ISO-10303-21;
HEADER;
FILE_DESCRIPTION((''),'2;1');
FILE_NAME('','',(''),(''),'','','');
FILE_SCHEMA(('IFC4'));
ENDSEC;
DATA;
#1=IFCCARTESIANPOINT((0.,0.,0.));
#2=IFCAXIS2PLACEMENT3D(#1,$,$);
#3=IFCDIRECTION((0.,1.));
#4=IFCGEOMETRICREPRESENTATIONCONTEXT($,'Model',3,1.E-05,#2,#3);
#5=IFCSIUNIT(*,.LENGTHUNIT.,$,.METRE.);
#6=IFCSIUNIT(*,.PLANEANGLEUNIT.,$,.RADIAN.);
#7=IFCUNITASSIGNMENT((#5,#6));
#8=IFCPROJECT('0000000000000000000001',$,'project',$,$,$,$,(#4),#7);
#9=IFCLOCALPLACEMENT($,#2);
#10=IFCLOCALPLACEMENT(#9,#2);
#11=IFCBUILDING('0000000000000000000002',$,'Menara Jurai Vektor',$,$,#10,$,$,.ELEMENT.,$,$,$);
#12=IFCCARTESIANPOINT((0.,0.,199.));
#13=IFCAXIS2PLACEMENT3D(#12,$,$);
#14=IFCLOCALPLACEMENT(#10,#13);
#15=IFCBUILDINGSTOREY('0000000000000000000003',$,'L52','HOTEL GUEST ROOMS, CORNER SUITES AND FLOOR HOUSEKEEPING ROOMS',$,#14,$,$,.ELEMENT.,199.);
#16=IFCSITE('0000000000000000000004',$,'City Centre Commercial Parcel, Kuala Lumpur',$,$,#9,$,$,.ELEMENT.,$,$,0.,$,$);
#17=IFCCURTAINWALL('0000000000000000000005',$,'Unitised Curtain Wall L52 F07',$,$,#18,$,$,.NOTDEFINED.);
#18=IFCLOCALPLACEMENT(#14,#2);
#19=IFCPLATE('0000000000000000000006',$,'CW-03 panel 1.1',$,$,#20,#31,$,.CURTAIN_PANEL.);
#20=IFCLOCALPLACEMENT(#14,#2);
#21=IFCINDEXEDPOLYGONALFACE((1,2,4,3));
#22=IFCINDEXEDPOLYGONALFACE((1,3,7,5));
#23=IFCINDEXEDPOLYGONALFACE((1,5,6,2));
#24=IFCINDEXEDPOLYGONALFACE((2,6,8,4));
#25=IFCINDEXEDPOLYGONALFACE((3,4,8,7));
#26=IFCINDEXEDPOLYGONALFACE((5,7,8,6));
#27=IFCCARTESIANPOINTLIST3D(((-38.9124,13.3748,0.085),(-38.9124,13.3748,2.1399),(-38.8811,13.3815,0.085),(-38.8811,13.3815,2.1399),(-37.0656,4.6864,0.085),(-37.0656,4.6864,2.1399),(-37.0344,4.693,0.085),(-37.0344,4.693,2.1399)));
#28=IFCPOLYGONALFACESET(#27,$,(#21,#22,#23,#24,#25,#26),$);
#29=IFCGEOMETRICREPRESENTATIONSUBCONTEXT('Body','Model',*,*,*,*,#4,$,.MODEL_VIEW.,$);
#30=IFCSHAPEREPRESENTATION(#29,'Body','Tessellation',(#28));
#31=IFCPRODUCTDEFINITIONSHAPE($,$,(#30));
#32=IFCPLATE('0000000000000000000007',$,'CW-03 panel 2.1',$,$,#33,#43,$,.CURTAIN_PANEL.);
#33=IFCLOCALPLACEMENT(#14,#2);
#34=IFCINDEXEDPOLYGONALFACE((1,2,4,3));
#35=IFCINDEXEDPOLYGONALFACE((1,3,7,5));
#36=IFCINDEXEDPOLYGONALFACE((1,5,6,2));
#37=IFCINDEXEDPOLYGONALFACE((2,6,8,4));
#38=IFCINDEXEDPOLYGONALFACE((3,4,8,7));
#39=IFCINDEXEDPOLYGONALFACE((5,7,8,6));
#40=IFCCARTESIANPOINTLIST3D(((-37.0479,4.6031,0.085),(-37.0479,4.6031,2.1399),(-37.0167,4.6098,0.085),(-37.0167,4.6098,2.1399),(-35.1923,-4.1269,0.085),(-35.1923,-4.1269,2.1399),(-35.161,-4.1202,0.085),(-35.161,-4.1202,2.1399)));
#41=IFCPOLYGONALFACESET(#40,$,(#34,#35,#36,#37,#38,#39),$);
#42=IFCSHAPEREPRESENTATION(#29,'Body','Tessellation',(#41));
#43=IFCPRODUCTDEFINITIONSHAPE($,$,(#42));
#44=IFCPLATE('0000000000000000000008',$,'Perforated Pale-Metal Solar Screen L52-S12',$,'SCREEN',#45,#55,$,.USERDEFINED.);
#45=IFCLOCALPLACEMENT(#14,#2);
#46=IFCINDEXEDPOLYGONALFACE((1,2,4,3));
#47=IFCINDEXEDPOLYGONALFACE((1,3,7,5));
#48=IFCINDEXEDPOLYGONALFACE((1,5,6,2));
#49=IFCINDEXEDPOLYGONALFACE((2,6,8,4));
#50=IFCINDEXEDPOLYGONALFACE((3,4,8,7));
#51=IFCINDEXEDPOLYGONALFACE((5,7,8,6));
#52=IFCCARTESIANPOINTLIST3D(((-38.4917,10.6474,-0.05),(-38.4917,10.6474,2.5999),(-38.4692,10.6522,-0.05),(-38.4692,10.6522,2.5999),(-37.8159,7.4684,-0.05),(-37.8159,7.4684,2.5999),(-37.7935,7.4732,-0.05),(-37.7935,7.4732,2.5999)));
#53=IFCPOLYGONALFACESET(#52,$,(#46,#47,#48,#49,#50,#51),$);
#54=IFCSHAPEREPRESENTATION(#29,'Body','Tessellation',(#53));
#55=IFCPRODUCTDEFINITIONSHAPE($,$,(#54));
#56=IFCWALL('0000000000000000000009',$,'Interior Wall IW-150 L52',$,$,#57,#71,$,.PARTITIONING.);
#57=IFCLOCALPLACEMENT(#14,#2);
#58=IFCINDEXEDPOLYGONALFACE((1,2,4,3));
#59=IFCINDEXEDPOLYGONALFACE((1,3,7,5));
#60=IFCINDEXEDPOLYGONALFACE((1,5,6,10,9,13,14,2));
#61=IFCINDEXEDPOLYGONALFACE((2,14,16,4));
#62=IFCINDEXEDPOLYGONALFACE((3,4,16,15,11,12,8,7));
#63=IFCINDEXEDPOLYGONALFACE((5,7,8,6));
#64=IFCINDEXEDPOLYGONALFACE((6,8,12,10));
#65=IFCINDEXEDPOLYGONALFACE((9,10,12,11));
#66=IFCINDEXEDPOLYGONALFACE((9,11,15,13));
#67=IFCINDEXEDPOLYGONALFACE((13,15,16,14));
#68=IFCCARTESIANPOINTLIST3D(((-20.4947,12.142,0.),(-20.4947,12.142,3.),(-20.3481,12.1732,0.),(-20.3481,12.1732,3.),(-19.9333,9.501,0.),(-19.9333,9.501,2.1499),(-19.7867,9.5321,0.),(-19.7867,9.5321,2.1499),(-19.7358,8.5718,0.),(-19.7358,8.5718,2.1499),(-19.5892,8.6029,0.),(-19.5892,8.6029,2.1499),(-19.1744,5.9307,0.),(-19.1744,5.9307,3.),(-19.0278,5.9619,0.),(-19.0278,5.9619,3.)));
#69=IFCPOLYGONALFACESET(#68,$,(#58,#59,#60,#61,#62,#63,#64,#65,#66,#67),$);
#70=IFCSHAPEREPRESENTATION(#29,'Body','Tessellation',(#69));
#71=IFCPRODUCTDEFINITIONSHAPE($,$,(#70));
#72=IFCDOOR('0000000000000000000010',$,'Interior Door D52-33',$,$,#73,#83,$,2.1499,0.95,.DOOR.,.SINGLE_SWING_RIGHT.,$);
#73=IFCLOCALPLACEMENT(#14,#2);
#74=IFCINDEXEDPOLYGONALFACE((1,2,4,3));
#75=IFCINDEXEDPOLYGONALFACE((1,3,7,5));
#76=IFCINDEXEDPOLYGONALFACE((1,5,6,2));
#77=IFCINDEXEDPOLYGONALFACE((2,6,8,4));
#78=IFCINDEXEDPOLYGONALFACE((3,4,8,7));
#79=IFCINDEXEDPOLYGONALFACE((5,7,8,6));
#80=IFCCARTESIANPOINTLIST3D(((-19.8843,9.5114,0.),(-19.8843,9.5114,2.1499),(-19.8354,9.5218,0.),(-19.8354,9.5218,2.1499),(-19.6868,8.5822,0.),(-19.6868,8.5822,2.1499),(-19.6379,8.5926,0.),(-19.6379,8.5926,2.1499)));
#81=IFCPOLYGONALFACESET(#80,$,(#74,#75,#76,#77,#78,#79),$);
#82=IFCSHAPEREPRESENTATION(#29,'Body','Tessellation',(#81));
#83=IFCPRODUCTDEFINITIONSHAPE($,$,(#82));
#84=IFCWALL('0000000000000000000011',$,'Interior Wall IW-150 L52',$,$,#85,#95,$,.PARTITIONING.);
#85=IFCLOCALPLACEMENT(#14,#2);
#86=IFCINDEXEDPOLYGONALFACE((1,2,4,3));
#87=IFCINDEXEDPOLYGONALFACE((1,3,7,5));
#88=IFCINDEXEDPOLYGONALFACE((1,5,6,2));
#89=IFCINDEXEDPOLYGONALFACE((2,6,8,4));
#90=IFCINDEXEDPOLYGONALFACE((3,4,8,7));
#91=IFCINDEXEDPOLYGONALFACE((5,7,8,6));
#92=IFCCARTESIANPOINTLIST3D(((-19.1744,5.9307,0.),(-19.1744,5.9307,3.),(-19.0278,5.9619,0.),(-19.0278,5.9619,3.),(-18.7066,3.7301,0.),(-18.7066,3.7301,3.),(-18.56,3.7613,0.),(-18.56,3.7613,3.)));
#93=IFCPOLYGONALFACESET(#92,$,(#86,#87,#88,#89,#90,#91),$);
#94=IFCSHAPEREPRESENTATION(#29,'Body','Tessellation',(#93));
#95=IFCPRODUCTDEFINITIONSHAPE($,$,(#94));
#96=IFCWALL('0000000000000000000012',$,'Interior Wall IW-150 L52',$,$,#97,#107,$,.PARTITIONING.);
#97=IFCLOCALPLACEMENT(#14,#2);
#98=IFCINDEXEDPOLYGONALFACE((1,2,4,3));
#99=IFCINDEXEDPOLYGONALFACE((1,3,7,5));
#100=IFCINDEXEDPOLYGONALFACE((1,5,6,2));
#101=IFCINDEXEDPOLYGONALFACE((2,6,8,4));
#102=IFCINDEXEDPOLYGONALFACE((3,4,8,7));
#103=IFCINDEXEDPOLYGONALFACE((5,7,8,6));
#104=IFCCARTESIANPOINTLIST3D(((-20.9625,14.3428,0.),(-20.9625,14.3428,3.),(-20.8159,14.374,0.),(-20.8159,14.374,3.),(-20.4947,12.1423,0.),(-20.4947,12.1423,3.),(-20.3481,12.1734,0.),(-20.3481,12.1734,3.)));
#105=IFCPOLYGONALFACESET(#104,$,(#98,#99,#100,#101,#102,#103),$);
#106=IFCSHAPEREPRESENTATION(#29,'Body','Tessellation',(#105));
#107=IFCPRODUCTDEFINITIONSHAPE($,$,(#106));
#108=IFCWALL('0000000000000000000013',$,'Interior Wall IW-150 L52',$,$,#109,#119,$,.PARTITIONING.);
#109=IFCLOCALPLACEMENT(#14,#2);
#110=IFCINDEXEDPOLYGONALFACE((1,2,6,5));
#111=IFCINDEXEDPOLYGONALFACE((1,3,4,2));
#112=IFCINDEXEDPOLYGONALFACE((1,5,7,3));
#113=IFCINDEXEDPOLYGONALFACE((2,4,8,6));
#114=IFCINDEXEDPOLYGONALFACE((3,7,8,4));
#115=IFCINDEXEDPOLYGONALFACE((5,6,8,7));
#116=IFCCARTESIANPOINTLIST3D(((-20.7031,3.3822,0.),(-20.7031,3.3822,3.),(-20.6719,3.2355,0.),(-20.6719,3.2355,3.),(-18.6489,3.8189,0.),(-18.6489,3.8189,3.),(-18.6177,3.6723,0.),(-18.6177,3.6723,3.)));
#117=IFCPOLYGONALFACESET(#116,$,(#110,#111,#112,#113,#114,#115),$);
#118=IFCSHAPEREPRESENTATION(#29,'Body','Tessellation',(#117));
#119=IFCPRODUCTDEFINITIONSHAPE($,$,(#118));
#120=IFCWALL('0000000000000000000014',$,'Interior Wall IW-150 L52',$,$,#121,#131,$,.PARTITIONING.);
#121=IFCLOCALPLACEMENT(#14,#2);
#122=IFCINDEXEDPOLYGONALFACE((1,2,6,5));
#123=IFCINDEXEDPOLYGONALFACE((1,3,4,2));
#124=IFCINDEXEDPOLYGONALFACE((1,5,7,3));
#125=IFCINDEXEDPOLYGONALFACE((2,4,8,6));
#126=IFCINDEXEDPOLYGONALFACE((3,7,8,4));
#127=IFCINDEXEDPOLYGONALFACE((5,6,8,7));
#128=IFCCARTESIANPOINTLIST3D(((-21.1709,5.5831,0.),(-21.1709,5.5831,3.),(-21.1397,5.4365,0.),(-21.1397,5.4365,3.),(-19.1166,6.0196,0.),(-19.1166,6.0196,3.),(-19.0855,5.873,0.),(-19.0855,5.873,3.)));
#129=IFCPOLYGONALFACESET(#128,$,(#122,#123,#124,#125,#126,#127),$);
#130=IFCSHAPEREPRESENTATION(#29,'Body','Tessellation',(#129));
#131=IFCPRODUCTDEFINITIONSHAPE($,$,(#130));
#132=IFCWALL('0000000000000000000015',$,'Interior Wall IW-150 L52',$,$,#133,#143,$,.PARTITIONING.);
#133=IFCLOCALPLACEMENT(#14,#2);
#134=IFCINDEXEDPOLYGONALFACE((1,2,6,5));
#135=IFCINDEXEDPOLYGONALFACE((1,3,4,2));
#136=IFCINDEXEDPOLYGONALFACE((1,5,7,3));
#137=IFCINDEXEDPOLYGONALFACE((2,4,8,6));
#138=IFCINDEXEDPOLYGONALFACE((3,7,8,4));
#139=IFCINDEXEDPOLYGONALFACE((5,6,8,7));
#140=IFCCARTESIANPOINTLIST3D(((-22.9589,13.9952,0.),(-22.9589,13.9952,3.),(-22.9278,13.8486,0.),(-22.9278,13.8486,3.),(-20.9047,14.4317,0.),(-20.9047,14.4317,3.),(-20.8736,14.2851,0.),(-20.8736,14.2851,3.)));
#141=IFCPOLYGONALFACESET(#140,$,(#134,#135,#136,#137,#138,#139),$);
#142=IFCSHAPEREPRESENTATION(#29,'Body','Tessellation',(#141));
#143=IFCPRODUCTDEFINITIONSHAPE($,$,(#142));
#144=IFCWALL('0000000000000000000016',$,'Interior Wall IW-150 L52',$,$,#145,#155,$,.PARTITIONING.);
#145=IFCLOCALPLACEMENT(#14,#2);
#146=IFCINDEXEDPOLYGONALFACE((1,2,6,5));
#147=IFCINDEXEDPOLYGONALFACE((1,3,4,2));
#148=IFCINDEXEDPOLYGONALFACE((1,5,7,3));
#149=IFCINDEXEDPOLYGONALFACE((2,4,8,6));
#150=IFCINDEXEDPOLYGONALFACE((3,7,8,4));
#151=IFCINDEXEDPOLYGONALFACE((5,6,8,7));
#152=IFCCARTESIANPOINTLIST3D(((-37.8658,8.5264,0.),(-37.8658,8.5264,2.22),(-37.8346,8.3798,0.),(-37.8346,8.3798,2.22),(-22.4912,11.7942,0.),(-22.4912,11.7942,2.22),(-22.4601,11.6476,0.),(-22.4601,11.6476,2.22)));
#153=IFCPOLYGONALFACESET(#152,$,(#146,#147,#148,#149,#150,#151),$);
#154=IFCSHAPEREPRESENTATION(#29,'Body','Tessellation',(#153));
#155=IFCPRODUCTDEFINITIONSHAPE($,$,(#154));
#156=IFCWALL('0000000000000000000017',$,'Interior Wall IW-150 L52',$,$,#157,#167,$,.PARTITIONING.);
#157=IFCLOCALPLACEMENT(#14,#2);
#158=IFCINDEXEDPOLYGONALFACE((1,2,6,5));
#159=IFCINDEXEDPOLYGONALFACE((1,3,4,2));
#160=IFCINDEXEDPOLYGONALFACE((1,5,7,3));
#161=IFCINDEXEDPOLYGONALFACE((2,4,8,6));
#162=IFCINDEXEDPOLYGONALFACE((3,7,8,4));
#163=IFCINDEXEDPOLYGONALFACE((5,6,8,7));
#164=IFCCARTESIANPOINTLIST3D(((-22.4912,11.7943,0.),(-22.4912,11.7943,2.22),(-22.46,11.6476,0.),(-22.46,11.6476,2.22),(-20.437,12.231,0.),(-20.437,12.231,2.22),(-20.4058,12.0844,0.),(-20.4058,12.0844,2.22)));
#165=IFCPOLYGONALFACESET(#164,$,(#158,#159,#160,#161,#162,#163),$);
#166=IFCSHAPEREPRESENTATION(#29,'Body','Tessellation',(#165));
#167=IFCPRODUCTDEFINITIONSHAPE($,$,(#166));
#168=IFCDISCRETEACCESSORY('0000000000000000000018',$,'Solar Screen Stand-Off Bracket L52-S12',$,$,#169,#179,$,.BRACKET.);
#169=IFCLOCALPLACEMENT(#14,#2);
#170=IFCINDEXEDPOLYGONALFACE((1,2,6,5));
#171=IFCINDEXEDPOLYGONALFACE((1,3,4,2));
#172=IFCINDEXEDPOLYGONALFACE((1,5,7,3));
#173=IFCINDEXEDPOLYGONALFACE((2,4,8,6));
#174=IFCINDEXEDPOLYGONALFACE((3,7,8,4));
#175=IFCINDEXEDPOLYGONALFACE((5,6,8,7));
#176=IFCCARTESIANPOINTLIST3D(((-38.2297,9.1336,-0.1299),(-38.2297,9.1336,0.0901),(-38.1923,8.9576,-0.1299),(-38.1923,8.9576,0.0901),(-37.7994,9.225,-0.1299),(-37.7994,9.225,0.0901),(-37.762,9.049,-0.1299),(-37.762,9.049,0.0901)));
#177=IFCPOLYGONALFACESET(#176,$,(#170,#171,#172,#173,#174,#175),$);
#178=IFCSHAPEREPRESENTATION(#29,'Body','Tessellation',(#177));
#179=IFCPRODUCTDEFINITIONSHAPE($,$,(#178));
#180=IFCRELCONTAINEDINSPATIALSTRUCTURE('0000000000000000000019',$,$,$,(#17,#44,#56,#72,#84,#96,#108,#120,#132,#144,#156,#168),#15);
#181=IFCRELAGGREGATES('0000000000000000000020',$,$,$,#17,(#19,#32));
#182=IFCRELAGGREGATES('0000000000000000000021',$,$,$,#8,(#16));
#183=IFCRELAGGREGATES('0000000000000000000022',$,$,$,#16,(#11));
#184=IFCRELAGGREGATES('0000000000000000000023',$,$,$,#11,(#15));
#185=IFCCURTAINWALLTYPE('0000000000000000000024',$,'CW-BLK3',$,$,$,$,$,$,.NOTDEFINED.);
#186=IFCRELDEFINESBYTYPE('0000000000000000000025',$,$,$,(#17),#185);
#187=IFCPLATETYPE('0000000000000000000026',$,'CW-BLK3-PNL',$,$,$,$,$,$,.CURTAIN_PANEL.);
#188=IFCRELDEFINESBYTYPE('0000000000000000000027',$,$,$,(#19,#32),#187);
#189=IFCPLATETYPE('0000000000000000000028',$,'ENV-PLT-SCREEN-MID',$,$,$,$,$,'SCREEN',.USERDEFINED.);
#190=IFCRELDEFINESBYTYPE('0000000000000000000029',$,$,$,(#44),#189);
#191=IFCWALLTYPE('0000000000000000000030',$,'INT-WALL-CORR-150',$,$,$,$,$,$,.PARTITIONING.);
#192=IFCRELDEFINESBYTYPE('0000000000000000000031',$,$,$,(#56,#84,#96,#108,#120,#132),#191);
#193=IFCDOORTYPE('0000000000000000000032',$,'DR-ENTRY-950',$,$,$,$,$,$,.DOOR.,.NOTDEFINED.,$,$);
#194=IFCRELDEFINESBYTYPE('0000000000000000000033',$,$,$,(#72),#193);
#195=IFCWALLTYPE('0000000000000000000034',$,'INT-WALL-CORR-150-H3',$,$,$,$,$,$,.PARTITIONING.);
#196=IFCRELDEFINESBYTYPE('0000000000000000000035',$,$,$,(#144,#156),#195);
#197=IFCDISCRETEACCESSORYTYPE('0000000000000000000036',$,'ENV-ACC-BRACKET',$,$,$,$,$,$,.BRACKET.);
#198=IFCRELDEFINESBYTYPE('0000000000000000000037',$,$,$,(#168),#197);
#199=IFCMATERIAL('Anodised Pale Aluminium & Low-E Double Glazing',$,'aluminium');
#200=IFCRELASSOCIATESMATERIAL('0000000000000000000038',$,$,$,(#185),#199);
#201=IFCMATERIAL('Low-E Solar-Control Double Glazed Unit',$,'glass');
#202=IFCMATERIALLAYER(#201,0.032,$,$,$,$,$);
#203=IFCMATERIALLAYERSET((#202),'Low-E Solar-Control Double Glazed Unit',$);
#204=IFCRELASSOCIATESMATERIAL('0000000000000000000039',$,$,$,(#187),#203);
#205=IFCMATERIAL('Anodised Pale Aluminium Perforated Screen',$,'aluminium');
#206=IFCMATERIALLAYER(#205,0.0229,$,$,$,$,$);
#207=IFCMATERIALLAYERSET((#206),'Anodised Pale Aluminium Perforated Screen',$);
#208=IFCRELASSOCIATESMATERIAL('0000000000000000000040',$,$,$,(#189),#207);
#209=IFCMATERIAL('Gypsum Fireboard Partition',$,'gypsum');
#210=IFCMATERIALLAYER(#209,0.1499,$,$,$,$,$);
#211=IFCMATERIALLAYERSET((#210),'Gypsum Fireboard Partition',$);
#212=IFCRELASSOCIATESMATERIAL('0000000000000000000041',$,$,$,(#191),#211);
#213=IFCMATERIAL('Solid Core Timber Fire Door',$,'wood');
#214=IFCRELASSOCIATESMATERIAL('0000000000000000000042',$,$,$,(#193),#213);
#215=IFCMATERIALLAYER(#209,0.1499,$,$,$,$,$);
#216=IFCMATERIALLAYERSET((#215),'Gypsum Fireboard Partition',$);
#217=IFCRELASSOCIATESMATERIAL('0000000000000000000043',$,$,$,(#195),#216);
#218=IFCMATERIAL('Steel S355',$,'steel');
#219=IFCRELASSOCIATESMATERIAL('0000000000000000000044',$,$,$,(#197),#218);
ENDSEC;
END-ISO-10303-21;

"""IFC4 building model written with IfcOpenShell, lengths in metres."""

from ifc_helpers import new_model, si_unit, direction, frame, frame_2d, origin, origin_2d, place, context, subcontext, project, spatial, rectangle, extrude, material, layer, layer_set, type_object, element, fill, aggregate, save


model = new_model("IFC4")

# Units and contexts
model_context = context("Model", 3, precision=1e-05, world=origin(), true_north=direction((0.0, 1.0)))
body_context = subcontext(model_context, "Body", "Model", "MODEL_VIEW")
ifc_project = project(units=[si_unit("LENGTHUNIT", "METRE"), si_unit("PLANEANGLEUNIT", "RADIAN")], contexts=[model_context])

# Site, building, storey
site_placement = place(None, origin())
site = spatial("IfcSite", under=ifc_project, at=site_placement, Name="City Centre Commercial Parcel, Kuala Lumpur", CompositionType="ELEMENT", RefElevation=0.0)
building_placement = place(site_placement, origin())
building = spatial("IfcBuilding", under=site, at=building_placement, Name="Menara Jurai Vektor", CompositionType="ELEMENT")
storey_placement = place(building_placement, frame((0.0, 0.0, 199.0)))
storey = spatial("IfcBuildingStorey", under=building, at=storey_placement, Name="L52", Description="HOTEL GUEST ROOMS, CORNER SUITES AND FLOOR HOUSEKEEPING ROOMS", CompositionType="ELEMENT", Elevation=199.0)

# Curtain wall
ifc_material_1 = material(Name="Anodised Pale Aluminium & Low-E Double Glazing", Category="aluminium")
curtain_wall_type = type_object("IfcCurtainWallType", Name="CW-BLK3", PredefinedType="NOTDEFINED", material=ifc_material_1)
curtain_wall_placement = place(storey_placement, origin())
curtain_wall = element("IfcCurtainWall", 1, at=curtain_wall_placement, inside=storey, type_object=curtain_wall_type, Name="Unitised Curtain Wall L52 F07", PredefinedType="NOTDEFINED")

# Shared definitions
ifc_material_2 = material(Name="Steel S355", Category="steel")

# Plates
ifc_material_3 = material(Name="Low-E Solar-Control Double Glazed Unit", Category="glass")
ifc_layer_1 = layer(ifc_material_3, 0.032)
ifc_layer_set_1 = layer_set([ifc_layer_1], Name="Low-E Solar-Control Double Glazed Unit")
plate_type_1 = type_object("IfcPlateType", Name="CW-BLK3-PNL", PredefinedType="CURTAIN_PANEL", material=ifc_layer_set_1)
plate_1_placement = place(storey_placement, frame((-37.9734, 9.0339, 0.085), z_axis=(0.0, 0.0, 1.0), x_axis=(0.20791, -0.978148, 0.0)))
plate_1 = element("IfcPlate", 2, at=plate_1_placement, type_object=plate_type_1, Name="CW-03 panel 1.1", PredefinedType="CURTAIN_PANEL", context=body_context, shape_type="SweptSolid", body=[
    extrude(rectangle(XDim=8.8826, YDim=0.032, at=origin_2d()), origin(), (0.0, 0.0, 1.0), 2.0549),
])
plate_2_placement = place(storey_placement, frame((-36.1045, 0.2415, 0.085), z_axis=(0.0, 0.0, 1.0), x_axis=(0.20791, -0.978148, 0.0)))
plate_2 = element("IfcPlate", 3, at=plate_2_placement, type_object=plate_type_1, Name="CW-03 panel 2.1", PredefinedType="CURTAIN_PANEL", context=body_context, shape_type="SweptSolid", body=[
    extrude(rectangle(XDim=8.925, YDim=0.032, at=origin_2d()), origin(), (0.0, 0.0, 1.0), 2.0549),
])
aggregate(curtain_wall, [plate_1, plate_2])
ifc_material_4 = material(Name="Anodised Pale Aluminium Perforated Screen", Category="aluminium")
ifc_layer_2 = layer(ifc_material_4, 0.0229)
ifc_layer_set_2 = layer_set([ifc_layer_2], Name="Anodised Pale Aluminium Perforated Screen")
plate_type_2 = type_object("IfcPlateType", Name="ENV-PLT-SCREEN-MID", ElementType="SCREEN", PredefinedType="USERDEFINED", material=ifc_layer_set_2)
plate_3_placement = place(storey_placement, frame((-38.1426, 9.0603, -0.05), z_axis=(0.0, 0.0, 1.0), x_axis=(0.207912, -0.978148, 0.0)))
element("IfcPlate", 4, at=plate_3_placement, inside=storey, type_object=plate_type_2, Name="Perforated Pale-Metal Solar Screen L52-S12", ObjectType="SCREEN", PredefinedType="USERDEFINED", context=body_context, shape_type="SweptSolid", body=[
    extrude(rectangle(XDim=3.25, YDim=0.0229, at=origin_2d()), origin(), (0.0, 0.0, 1.0), 2.6499),
])

# Wall, opening, door
ifc_material_5 = material(Name="Gypsum Fireboard Partition", Category="gypsum")
ifc_layer_3 = layer(ifc_material_5, 0.1499)
ifc_layer_set_3 = layer_set([ifc_layer_3], Name="Gypsum Fireboard Partition")
wall_type_1 = type_object("IfcWallType", Name="INT-WALL-CORR-150", PredefinedType="PARTITIONING", material=ifc_layer_set_3)
wall_1_placement = place(storey_placement, frame((-19.1011, 5.9463, 0.0), z_axis=(0.0, 0.0, 1.0), x_axis=(-0.207917, 0.978147, 0.0)))
wall_1 = element("IfcWall", 5, at=wall_1_placement, inside=storey, type_object=wall_type_1, Name="Interior Wall IW-150 L52", PredefinedType="PARTITIONING", context=body_context, shape_type="SweptSolid", body=[
    extrude(rectangle(XDim=6.3501, YDim=0.1499, at=frame_2d((3.175, 0.0))), origin(), (0.0, 0.0, 1.0), 3.0),
])
opening_1_placement = place(wall_1_placement, frame((2.7, 0.0, 0.0)))
opening_1 = element("IfcOpeningElement", 6, at=opening_1_placement, cuts=wall_1, PredefinedType="OPENING", context=body_context, shape_type="SweptSolid", body=[
    extrude(rectangle(XDim=0.95, YDim=2.1499, at=frame_2d((0.4751, 1.075))), frame((0.0, 0.085, 0.0), z_axis=(0.0, -1.0, 0.0), x_axis=(1.0, 0.0, 0.0)), (0.0, 0.0, 1.0), 0.1699),
])
ifc_material_6 = material(Name="Solid Core Timber Fire Door", Category="wood")
door_type_1 = type_object("IfcDoorType", Name="DR-ENTRY-950", OperationType="NOTDEFINED", PredefinedType="DOOR", material=ifc_material_6)
door_1_placement = place(opening_1_placement, origin())
door_1 = element("IfcDoor", 7, at=door_1_placement, inside=storey, type_object=door_type_1, Name="Interior Door D52-33", OperationType="SINGLE_SWING_RIGHT", OverallHeight=2.1499, OverallWidth=0.95, PredefinedType="DOOR", context=body_context, shape_type="SweptSolid", body=[
    extrude(rectangle(XDim=0.95, YDim=2.1499, at=frame_2d((0.4751, 1.075))), frame((0.0, 0.0249, 0.0), z_axis=(0.0, -1.0, 0.0), x_axis=(1.0, 0.0, 0.0)), (0.0, 0.0, 1.0), 0.05),
])
fill(opening_1, door_1)

# Walls
for number, where, z_axis, x_axis, name in (
    (8, (-18.6333, 3.7456, 0.0), (0.0, 0.0, 1.0), (-0.207913, 0.978147, 0.0), "Interior Wall IW-150 L52"),
    (9, (-20.4214, 12.1577, 0.0), (0.0, 0.0, 1.0), (-0.207913, 0.978147, 0.0), "Interior Wall IW-150 L52"),
):
    element("IfcWall", number, at=place(storey_placement, frame(where, z_axis=z_axis, x_axis=x_axis)), inside=storey, type_object=wall_type_1, Name=name, PredefinedType="PARTITIONING", context=body_context, shape_type="SweptSolid", body=[
        extrude(rectangle(XDim=2.2498, YDim=0.1499, at=frame_2d((1.125, 0.0))), origin(), (0.0, 0.0, 1.0), 3.0),
    ])
wall_2_placement = place(storey_placement, frame((-20.6875, 3.3088, 0.0), z_axis=(0.0, 0.0, 1.0), x_axis=(0.978135, 0.207973, 0.0)))
element("IfcWall", 10, at=wall_2_placement, inside=storey, type_object=wall_type_1, Name="Interior Wall IW-150 L52", PredefinedType="PARTITIONING", context=body_context, shape_type="SweptSolid", body=[
    extrude(rectangle(XDim=2.1001, YDim=0.1499, at=frame_2d((1.05, 0.0))), origin(), (0.0, 0.0, 1.0), 3.0),
])

# Wall
wall_3_placement = place(storey_placement, frame((-21.1553, 5.5098, 0.0), z_axis=(0.0, 0.0, 1.0), x_axis=(0.978158, 0.207862, 0.0)))
element("IfcWall", 11, at=wall_3_placement, inside=storey, type_object=wall_type_1, Name="Interior Wall IW-150 L52", PredefinedType="PARTITIONING", context=body_context, shape_type="SweptSolid", body=[
    extrude(rectangle(XDim=2.1001, YDim=0.1499, at=frame_2d((1.05, 0.0))), origin(), (0.0, 0.0, 1.0), 3.0),
])

# Walls
wall_4_placement = place(storey_placement, frame((-22.9434, 13.9219, 0.0), z_axis=(0.0, 0.0, 1.0), x_axis=(0.978158, 0.207862, 0.0)))
element("IfcWall", 12, at=wall_4_placement, inside=storey, type_object=wall_type_1, Name="Interior Wall IW-150 L52", PredefinedType="PARTITIONING", context=body_context, shape_type="SweptSolid", body=[
    extrude(rectangle(XDim=2.1001, YDim=0.1499, at=frame_2d((1.05, 0.0))), origin(), (0.0, 0.0, 1.0), 3.0),
])
ifc_layer_4 = layer(ifc_material_5, 0.1499)
ifc_layer_set_4 = layer_set([ifc_layer_4], Name="Gypsum Fireboard Partition")
wall_type_2 = type_object("IfcWallType", Name="INT-WALL-CORR-150-H3", PredefinedType="PARTITIONING", material=ifc_layer_set_4)
wall_5_placement = place(storey_placement, frame((-37.8501, 8.4531, 0.0), z_axis=(0.0, 0.0, 1.0), x_axis=(0.978149, 0.207904, 0.0)))
element("IfcWall", 13, at=wall_5_placement, inside=storey, type_object=wall_type_2, Name="Interior Wall IW-150 L52", PredefinedType="PARTITIONING", context=body_context, shape_type="SweptSolid", body=[
    extrude(rectangle(XDim=15.718, YDim=0.1499, at=frame_2d((7.8589, 0.0))), origin(), (0.0, 0.0, 1.0), 2.22),
])
wall_6_placement = place(storey_placement, frame((-22.4756, 11.7209, 0.0), z_axis=(0.0, 0.0, 1.0), x_axis=(0.978135, 0.207973, 0.0)))
element("IfcWall", 14, at=wall_6_placement, inside=storey, type_object=wall_type_2, Name="Interior Wall IW-150 L52", PredefinedType="PARTITIONING", context=body_context, shape_type="SweptSolid", body=[
    extrude(rectangle(XDim=2.1001, YDim=0.1499, at=frame_2d((1.05, 0.0))), origin(), (0.0, 0.0, 1.0), 2.22),
])

# Discrete accessory
discrete_accessory_type = type_object("IfcDiscreteAccessoryType", Name="ENV-ACC-BRACKET", PredefinedType="BRACKET", material=ifc_material_2)
discrete_accessory_placement = place(storey_placement, frame((-37.9958, 9.0913, -0.1299), z_axis=(0.0, 0.0, 1.0), x_axis=(0.207912, -0.978148, 0.0)))
element("IfcDiscreteAccessory", 15, at=discrete_accessory_placement, inside=storey, type_object=discrete_accessory_type, Name="Solar Screen Stand-Off Bracket L52-S12", PredefinedType="BRACKET", context=body_context, shape_type="SweptSolid", body=[
    extrude(rectangle(XDim=0.1799, YDim=0.4399, at=origin_2d()), origin(), (0.0, 0.0, 1.0), 0.22),
])

save(model, "model.ifc")
